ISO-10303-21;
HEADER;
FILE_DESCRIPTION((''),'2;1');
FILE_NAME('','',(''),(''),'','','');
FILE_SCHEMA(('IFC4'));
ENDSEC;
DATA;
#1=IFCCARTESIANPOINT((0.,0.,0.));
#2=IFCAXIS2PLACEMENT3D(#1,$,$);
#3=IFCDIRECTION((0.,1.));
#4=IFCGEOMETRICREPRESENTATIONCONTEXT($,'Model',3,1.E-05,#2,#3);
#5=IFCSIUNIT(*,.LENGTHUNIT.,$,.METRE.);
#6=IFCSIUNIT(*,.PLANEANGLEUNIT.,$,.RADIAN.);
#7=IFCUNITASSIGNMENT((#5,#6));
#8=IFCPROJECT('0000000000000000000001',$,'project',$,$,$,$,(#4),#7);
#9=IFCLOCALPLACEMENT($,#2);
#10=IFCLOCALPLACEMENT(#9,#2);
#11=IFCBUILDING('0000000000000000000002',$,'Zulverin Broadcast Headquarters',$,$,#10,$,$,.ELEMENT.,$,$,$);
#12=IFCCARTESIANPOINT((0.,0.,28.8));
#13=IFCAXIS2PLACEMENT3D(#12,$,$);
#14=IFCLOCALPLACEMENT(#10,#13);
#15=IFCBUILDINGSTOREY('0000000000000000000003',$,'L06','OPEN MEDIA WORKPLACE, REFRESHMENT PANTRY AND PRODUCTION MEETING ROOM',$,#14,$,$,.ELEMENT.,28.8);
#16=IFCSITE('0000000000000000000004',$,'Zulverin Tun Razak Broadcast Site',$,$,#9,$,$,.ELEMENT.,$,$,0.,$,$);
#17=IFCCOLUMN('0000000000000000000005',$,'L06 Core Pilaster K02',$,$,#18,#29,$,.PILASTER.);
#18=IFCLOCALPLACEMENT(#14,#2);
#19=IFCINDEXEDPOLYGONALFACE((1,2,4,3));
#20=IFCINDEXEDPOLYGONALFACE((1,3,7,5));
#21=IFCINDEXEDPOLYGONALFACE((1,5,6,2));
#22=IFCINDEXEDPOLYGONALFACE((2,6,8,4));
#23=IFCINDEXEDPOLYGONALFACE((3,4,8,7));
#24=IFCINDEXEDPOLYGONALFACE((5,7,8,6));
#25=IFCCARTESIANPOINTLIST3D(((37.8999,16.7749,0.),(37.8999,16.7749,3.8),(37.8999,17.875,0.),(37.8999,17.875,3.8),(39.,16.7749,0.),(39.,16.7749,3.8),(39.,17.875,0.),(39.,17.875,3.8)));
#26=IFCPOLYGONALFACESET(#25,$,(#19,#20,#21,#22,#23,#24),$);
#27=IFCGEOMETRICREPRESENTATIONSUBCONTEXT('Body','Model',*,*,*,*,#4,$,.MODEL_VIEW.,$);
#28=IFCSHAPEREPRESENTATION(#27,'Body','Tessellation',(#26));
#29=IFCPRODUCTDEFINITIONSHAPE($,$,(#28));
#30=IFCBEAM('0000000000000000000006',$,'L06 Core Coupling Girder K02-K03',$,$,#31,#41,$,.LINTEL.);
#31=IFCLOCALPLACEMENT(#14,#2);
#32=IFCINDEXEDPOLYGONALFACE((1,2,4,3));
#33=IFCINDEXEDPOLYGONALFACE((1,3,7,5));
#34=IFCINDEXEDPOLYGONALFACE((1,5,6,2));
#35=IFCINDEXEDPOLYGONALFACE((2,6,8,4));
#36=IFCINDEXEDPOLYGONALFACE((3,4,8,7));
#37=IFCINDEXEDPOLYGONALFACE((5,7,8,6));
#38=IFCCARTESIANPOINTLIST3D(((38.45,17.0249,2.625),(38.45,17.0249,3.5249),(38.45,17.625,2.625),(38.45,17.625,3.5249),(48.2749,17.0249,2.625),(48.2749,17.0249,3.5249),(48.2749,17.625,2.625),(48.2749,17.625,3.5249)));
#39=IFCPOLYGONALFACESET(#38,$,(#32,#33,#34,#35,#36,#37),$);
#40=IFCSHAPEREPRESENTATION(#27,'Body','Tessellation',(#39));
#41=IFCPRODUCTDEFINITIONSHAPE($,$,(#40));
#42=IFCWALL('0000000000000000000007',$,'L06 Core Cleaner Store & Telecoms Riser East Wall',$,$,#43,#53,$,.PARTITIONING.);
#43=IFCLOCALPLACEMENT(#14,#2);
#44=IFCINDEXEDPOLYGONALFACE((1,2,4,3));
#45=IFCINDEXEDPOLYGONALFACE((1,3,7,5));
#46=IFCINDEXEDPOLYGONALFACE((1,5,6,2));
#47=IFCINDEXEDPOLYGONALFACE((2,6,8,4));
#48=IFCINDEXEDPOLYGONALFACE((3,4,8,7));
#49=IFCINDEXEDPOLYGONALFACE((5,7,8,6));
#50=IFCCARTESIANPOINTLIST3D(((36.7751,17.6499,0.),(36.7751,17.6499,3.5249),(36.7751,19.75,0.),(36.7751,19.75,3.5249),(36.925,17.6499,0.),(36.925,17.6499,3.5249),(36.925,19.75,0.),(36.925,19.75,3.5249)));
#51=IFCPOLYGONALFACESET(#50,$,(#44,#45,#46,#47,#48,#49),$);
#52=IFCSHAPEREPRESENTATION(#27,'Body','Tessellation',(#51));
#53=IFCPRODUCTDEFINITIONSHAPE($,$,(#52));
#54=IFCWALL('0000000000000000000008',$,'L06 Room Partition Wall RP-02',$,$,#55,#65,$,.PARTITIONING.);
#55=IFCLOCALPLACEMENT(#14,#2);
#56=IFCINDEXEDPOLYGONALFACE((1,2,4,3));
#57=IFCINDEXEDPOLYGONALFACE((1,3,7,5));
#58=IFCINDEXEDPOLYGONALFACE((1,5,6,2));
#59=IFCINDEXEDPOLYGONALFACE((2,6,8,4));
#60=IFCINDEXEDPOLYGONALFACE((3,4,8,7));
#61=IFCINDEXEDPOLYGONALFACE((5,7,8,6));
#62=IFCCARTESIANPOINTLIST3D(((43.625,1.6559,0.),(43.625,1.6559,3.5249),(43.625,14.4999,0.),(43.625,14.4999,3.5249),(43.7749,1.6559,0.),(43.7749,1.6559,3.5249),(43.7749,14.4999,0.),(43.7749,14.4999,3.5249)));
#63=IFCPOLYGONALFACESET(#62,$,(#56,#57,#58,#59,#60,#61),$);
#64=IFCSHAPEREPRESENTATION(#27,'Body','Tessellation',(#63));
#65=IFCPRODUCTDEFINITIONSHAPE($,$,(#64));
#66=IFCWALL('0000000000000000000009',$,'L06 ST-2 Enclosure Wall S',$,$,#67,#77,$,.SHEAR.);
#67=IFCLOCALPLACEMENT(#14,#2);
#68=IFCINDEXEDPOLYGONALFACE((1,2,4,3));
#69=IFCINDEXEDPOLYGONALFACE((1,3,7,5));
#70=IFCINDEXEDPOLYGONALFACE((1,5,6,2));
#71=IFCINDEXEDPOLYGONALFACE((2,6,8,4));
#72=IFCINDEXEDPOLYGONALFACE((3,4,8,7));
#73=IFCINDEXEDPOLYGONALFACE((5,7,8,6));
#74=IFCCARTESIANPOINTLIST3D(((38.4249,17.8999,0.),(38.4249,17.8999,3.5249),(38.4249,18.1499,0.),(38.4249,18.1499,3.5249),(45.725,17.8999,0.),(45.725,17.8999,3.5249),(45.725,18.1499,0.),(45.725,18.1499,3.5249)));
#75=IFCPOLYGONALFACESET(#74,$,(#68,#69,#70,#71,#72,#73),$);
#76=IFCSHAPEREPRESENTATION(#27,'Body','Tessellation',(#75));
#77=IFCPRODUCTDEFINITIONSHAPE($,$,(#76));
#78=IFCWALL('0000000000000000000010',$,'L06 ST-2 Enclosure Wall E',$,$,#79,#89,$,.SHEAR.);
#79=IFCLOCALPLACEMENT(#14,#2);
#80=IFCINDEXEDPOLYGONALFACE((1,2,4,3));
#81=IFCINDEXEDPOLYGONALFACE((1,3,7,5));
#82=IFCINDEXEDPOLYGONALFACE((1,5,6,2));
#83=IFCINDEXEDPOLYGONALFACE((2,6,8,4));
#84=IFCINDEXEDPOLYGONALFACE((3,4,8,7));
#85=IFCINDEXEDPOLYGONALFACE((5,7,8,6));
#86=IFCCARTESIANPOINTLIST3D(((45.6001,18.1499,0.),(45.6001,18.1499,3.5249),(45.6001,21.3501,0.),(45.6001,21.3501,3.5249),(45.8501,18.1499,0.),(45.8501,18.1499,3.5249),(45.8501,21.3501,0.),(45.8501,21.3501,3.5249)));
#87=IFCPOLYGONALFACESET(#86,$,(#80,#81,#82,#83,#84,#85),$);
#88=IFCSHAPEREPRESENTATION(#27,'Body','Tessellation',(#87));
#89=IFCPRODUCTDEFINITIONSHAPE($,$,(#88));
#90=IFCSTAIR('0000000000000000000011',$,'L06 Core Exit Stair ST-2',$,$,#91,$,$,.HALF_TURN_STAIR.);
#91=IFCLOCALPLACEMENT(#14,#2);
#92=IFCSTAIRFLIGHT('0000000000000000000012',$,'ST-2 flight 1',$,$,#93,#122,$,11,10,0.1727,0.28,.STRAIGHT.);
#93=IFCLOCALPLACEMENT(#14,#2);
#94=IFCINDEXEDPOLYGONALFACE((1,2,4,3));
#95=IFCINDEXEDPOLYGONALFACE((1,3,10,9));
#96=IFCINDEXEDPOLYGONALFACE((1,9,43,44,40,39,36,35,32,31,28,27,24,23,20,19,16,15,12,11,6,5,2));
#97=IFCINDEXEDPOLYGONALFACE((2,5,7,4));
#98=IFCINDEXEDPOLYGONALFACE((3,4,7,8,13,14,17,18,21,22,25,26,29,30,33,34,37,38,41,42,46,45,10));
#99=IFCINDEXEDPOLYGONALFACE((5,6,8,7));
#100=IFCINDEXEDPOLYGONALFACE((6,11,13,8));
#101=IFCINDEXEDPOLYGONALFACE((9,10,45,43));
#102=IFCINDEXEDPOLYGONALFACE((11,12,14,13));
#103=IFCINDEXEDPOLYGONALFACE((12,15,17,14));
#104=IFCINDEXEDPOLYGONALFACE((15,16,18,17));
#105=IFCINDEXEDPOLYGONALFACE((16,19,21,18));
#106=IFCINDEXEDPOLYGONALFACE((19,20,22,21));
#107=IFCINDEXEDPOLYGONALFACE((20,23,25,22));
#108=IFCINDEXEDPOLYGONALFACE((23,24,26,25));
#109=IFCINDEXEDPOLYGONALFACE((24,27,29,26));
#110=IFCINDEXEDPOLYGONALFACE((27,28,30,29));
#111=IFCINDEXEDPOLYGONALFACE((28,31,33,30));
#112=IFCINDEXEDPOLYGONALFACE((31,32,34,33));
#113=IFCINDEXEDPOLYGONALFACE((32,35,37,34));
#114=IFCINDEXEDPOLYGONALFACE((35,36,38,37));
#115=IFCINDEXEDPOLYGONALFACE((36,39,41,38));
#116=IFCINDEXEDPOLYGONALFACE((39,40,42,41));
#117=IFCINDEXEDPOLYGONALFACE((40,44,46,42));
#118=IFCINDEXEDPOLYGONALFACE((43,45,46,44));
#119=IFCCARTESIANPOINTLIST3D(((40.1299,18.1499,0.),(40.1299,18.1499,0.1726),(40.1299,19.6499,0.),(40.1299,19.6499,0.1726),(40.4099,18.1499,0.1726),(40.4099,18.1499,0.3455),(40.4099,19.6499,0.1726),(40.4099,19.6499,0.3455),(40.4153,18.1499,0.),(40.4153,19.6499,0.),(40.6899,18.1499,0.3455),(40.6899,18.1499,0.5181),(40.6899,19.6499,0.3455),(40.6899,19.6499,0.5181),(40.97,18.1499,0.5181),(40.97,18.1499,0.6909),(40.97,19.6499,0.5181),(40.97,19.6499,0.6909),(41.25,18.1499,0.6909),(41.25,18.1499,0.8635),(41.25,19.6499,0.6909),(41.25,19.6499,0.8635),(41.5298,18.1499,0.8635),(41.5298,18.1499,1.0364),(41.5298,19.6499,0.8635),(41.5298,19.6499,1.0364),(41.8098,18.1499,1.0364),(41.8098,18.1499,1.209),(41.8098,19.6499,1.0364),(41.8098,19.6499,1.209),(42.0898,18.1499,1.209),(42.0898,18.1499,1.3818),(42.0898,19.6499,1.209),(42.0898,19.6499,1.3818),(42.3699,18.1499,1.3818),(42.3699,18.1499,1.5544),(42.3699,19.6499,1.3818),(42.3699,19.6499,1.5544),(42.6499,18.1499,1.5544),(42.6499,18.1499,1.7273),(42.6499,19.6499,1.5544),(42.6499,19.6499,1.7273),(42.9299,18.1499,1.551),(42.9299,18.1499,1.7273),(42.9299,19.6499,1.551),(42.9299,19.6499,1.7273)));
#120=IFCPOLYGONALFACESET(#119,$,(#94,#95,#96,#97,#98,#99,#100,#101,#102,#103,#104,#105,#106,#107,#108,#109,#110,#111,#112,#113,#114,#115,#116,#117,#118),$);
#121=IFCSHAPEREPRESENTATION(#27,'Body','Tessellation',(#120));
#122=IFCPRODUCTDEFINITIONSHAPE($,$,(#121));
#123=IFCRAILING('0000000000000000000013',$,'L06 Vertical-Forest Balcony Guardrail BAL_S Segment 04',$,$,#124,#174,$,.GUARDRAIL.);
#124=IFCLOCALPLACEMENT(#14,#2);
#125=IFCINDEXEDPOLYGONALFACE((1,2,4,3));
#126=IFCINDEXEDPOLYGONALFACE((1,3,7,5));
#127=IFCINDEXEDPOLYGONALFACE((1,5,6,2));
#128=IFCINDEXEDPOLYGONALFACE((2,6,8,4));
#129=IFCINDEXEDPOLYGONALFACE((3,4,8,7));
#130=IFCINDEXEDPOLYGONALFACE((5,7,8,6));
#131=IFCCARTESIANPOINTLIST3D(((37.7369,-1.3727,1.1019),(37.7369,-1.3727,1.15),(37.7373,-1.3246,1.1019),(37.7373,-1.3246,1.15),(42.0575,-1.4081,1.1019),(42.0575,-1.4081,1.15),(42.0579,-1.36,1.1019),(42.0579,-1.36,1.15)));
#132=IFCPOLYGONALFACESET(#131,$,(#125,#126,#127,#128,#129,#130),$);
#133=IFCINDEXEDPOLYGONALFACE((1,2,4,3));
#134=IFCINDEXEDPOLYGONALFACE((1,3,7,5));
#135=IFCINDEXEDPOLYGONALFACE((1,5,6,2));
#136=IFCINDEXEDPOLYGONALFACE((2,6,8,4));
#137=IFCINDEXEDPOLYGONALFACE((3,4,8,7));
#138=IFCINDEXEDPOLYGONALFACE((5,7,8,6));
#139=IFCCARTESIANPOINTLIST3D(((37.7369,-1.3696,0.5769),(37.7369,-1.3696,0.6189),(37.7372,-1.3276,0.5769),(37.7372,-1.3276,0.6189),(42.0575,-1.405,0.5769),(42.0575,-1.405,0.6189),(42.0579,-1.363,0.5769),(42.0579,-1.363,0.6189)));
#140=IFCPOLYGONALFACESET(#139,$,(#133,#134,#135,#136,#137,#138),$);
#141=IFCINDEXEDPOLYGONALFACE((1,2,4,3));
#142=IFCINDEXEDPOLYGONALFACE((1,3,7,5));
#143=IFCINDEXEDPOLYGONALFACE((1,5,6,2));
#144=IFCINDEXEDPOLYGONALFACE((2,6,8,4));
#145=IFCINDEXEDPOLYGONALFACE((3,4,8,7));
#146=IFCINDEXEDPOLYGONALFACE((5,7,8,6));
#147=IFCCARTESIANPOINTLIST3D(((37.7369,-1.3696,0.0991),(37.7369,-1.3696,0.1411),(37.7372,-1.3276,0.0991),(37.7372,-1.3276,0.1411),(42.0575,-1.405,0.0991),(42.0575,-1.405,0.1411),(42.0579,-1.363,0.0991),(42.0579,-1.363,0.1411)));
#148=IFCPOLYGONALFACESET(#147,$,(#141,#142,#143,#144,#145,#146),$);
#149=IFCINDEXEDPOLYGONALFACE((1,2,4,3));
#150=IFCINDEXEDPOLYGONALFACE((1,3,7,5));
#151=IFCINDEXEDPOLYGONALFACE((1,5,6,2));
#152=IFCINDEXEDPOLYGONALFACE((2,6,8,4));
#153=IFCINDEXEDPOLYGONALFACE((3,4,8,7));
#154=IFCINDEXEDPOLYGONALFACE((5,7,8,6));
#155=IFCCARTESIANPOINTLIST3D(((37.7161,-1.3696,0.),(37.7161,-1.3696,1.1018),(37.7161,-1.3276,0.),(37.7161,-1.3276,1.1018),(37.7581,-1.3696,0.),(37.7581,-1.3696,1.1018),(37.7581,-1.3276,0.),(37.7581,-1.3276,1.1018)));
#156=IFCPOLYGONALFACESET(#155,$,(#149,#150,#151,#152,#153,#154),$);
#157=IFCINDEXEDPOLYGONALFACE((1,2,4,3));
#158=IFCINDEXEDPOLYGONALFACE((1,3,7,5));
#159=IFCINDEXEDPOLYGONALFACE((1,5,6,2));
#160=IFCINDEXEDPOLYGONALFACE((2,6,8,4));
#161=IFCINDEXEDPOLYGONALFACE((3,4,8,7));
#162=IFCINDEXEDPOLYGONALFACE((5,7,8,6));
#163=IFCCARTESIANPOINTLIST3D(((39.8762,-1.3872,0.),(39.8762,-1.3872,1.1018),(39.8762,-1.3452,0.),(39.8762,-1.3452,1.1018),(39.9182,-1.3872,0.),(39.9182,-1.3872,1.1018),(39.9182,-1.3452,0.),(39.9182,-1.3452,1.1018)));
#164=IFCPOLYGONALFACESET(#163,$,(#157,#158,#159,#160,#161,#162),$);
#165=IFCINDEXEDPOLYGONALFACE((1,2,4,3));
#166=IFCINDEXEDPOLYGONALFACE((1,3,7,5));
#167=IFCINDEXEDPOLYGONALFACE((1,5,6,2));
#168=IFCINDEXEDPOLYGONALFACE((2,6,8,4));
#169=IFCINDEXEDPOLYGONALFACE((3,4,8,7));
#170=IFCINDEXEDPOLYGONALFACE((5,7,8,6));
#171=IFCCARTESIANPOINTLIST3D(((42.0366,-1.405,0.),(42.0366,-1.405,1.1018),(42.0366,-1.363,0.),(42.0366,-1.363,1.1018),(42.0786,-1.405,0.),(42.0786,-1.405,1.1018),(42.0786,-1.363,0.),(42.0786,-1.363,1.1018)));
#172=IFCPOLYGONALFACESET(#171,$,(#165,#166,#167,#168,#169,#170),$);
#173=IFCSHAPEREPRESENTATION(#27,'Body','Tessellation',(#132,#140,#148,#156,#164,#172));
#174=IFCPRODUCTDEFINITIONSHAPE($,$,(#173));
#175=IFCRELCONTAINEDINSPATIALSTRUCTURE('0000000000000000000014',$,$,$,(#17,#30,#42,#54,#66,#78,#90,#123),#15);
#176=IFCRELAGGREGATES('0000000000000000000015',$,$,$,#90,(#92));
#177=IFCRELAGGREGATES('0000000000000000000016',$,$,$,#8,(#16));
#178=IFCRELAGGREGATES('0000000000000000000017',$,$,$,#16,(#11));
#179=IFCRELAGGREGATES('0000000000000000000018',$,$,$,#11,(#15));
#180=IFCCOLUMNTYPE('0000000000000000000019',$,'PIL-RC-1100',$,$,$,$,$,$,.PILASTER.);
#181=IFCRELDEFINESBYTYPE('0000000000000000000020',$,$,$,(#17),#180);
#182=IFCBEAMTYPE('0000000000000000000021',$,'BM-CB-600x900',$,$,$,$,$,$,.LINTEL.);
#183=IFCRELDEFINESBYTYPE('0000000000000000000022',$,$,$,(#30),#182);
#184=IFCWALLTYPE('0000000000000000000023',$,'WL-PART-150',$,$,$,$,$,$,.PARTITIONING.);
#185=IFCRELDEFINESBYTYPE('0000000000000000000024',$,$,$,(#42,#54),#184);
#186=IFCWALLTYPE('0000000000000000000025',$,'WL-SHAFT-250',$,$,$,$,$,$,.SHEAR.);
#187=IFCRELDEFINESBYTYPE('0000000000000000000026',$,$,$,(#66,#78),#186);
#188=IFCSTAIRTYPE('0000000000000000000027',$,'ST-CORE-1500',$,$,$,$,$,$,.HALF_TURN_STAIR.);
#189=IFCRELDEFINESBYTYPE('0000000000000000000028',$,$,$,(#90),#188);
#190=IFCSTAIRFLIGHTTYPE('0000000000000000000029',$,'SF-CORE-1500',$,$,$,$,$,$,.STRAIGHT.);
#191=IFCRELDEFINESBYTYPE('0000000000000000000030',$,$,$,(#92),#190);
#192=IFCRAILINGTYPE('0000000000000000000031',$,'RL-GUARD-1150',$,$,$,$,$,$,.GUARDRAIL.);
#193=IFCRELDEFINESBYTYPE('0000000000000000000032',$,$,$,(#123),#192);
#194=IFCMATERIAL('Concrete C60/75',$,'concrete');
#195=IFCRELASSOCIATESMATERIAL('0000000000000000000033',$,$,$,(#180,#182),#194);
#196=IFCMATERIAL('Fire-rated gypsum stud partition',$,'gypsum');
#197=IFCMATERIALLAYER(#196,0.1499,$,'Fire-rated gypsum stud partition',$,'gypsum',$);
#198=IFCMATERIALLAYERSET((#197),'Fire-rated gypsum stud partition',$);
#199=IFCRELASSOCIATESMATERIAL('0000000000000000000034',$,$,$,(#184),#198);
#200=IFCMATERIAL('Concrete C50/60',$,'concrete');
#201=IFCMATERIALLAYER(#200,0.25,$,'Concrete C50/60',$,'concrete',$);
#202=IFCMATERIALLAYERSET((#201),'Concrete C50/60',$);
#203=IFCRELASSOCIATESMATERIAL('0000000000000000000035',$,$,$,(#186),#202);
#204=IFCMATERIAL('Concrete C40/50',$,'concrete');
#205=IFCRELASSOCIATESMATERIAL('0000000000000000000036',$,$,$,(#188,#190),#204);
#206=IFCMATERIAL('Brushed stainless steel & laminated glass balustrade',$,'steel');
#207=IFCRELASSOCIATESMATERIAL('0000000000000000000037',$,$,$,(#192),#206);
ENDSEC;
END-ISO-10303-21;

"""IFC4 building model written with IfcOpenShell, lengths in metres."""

from ifc_helpers import new_model, si_unit, direction, frame, frame_2d, origin, origin_2d, place, context, subcontext, project, spatial, polyline, rectangle, outline, extrude, material, layer, layer_set, material_profile, profile_set, type_object, element, aggregate, save


model = new_model("IFC4")

# Units and contexts
model_context = context("Model", 3, precision=1e-05, world=origin(), true_north=direction((0.0, 1.0)))
body_context = subcontext(model_context, "Body", "Model", "MODEL_VIEW")
ifc_project = project(units=[si_unit("LENGTHUNIT", "METRE"), si_unit("PLANEANGLEUNIT", "RADIAN")], contexts=[model_context])

# Site, building, storey
site_placement = place(None, origin())
site = spatial("IfcSite", under=ifc_project, at=site_placement, Name="Zulverin Tun Razak Broadcast Site", CompositionType="ELEMENT", RefElevation=0.0)
building_placement = place(site_placement, origin())
building = spatial("IfcBuilding", under=site, at=building_placement, Name="Zulverin Broadcast Headquarters", CompositionType="ELEMENT")
storey_placement = place(building_placement, frame((0.0, 0.0, 28.8)))
storey = spatial("IfcBuildingStorey", under=building, at=storey_placement, Name="L06", Description="OPEN MEDIA WORKPLACE, REFRESHMENT PANTRY AND PRODUCTION MEETING ROOM", CompositionType="ELEMENT", Elevation=28.8)

# Column
ifc_material_1 = material(Name="Concrete C60/75", Category="concrete")
ifc_material_profile_1 = material_profile(ifc_material_1, rectangle(XDim=1.1001, YDim=1.1001, at=origin_2d()), Name="Concrete C60/75", Category="concrete")
ifc_profile_set_1 = profile_set([ifc_material_profile_1], Name="Concrete C60/75")
column_type = type_object("IfcColumnType", Name="PIL-RC-1100", PredefinedType="PILASTER", material=ifc_profile_set_1)
column_placement = place(storey_placement, frame((38.45, 17.325, 0.0), z_axis=(0.0, 0.0, 1.0), x_axis=(1.0, 0.0, 0.0)))
element("IfcColumn", 1, at=column_placement, inside=storey, type_object=column_type, Name="L06 Core Pilaster K02", PredefinedType="PILASTER", context=body_context, shape_type="SweptSolid", body=[
    extrude(rectangle(XDim=1.1001, YDim=1.1001, at=origin_2d()), origin(), (0.0, 0.0, 1.0), 3.8),
])

# Beam
ifc_material_profile_2 = material_profile(ifc_material_1, rectangle(XDim=0.6001, YDim=0.8999, at=origin_2d()), Name="Concrete C60/75", Category="concrete")
ifc_profile_set_2 = profile_set([ifc_material_profile_2], Name="Concrete C60/75")
beam_type = type_object("IfcBeamType", Name="BM-CB-600x900", PredefinedType="LINTEL", material=ifc_profile_set_2)
beam_placement = place(storey_placement, frame((38.45, 17.325, 3.075), z_axis=(1.0, 0.0, 0.0), x_axis=(0.0, 1.0, 0.0)))
element("IfcBeam", 2, at=beam_placement, inside=storey, type_object=beam_type, Name="L06 Core Coupling Girder K02-K03", PredefinedType="LINTEL", context=body_context, shape_type="SweptSolid", body=[
    extrude(rectangle(XDim=0.6001, YDim=0.8999, at=origin_2d()), origin(), (0.0, 0.0, 1.0), 9.825),
])

# Walls
ifc_material_2 = material(Name="Fire-rated gypsum stud partition", Category="gypsum")
ifc_layer_1 = layer(ifc_material_2, 0.1499, Name="Fire-rated gypsum stud partition", Category="gypsum")
ifc_layer_set_1 = layer_set([ifc_layer_1], Name="Fire-rated gypsum stud partition")
wall_type_1 = type_object("IfcWallType", Name="WL-PART-150", PredefinedType="PARTITIONING", material=ifc_layer_set_1)
wall_1_placement = place(storey_placement, frame((36.8501, 17.6499, 0.0), z_axis=(0.0, 0.0, 1.0), x_axis=(0.0, 1.0, 0.0)))
element("IfcWall", 3, at=wall_1_placement, inside=storey, type_object=wall_type_1, Name="L06 Core Cleaner Store & Telecoms Riser East Wall", PredefinedType="PARTITIONING", context=body_context, shape_type="SweptSolid", body=[
    extrude(rectangle(XDim=2.1001, YDim=0.1499, at=frame_2d((1.05, 0.0))), origin(), (0.0, 0.0, 1.0), 3.5249),
])
wall_2_placement = place(storey_placement, frame((43.7, 1.656, 0.0), z_axis=(0.0, 0.0, 1.0), x_axis=(0.0, 1.0, 0.0)))
element("IfcWall", 4, at=wall_2_placement, inside=storey, type_object=wall_type_1, Name="L06 Room Partition Wall RP-02", PredefinedType="PARTITIONING", context=body_context, shape_type="SweptSolid", body=[
    extrude(rectangle(XDim=12.844, YDim=0.1499, at=frame_2d((6.4219, 0.0))), origin(), (0.0, 0.0, 1.0), 3.5249),
])
ifc_material_3 = material(Name="Concrete C50/60", Category="concrete")
ifc_layer_2 = layer(ifc_material_3, 0.25, Name="Concrete C50/60", Category="concrete")
ifc_layer_set_2 = layer_set([ifc_layer_2], Name="Concrete C50/60")
wall_type_2 = type_object("IfcWallType", Name="WL-SHAFT-250", PredefinedType="SHEAR", material=ifc_layer_set_2)
wall_3_placement = place(storey_placement, frame((38.425, 18.0249, 0.0), z_axis=(0.0, 0.0, 1.0), x_axis=(1.0, 0.0, 0.0)))
element("IfcWall", 5, at=wall_3_placement, inside=storey, type_object=wall_type_2, Name="L06 ST-2 Enclosure Wall S", PredefinedType="SHEAR", context=body_context, shape_type="SweptSolid", body=[
    extrude(rectangle(XDim=7.3, YDim=0.25, at=frame_2d((3.6499, 0.0))), origin(), (0.0, 0.0, 1.0), 3.5249),
])

# Wall
wall_4_placement = place(storey_placement, frame((45.7251, 18.1499, 0.0), z_axis=(0.0, 0.0, 1.0), x_axis=(0.0, 1.0, 0.0)))
element("IfcWall", 6, at=wall_4_placement, inside=storey, type_object=wall_type_2, Name="L06 ST-2 Enclosure Wall E", PredefinedType="SHEAR", context=body_context, shape_type="SweptSolid", body=[
    extrude(rectangle(XDim=3.2002, YDim=0.25, at=frame_2d((1.6001, 0.0))), origin(), (0.0, 0.0, 1.0), 3.5249),
])

# Stair, stair flight
ifc_material_4 = material(Name="Concrete C40/50", Category="concrete")
stair_type = type_object("IfcStairType", Name="ST-CORE-1500", PredefinedType="HALF_TURN_STAIR", material=ifc_material_4)
stair_placement = place(storey_placement, origin())
stair = element("IfcStair", 7, at=stair_placement, inside=storey, type_object=stair_type, Name="L06 Core Exit Stair ST-2", PredefinedType="HALF_TURN_STAIR")
stair_flight_type = type_object("IfcStairFlightType", Name="SF-CORE-1500", PredefinedType="STRAIGHT", material=ifc_material_4)
stair_flight_placement = place(storey_placement, frame((40.1299, 18.8999, 0.0), z_axis=(0.0, 0.0, 1.0), x_axis=(1.0, 0.0, 0.0)))
stair_flight = element("IfcStairFlight", 8, at=stair_flight_placement, type_object=stair_flight_type, Name="ST-2 flight 1", NumberOfRisers=11, NumberOfTreads=10, PredefinedType="STRAIGHT", RiserHeight=0.1727, TreadLength=0.28, context=body_context, shape_type="SweptSolid", body=[
    extrude(outline(polyline([(0.0, 0.0), (0.0, 0.1726), (0.28, 0.1726), (0.28, 0.3455), (0.5601, 0.3455), (0.5601, 0.5181), (0.8401, 0.5181), (0.8401, 0.6909), (1.1201, 0.6909), (1.1201, 0.8635), (1.3999, 0.8635), (1.3999, 1.0364), (1.6799, 1.0364), (1.6799, 1.209), (1.96, 1.209), (1.96, 1.3818), (2.24, 1.3818), (2.24, 1.5544), (2.52, 1.5544), (2.52, 1.7273), (2.8, 1.7273), (2.8, 1.8999), (2.8, 1.551), (0.2854, 0.0), (0.0, 0.0)])), frame((0.0, 0.75, 0.0), z_axis=(0.0, -1.0, 0.0), x_axis=(1.0, 0.0, 0.0)), (0.0, 0.0, 1.0), 1.5),
])
aggregate(stair, [stair_flight])

# Railing
ifc_material_5 = material(Name="Brushed stainless steel & laminated glass balustrade", Category="steel")
railing_type_1 = type_object("IfcRailingType", Name="RL-GUARD-1150", PredefinedType="GUARDRAIL", material=ifc_material_5)
railing_1_placement = place(storey_placement, frame((37.7371, -1.3486, 0.0)))
element("IfcRailing", 9, at=railing_1_placement, inside=storey, type_object=railing_type_1, Name="L06 Vertical-Forest Balcony Guardrail BAL_S Segment 04", PredefinedType="GUARDRAIL", context=body_context, shape_type="SweptSolid", body=[
    extrude(rectangle(XDim=0.0481, YDim=0.0481, at=origin_2d()), frame((0.0, 0.0, 1.126), z_axis=(0.999966, -0.008193, 0.0), x_axis=(0.008193, 0.999966, 0.0)), (0.0, 0.0, 1.0), 4.3208),
    extrude(rectangle(XDim=0.042, YDim=0.042, at=origin_2d()), frame((0.0, 0.0, 0.5979), z_axis=(0.999966, -0.008193, 0.0), x_axis=(0.008193, 0.999966, 0.0)), (0.0, 0.0, 1.0), 4.3208),
    extrude(rectangle(XDim=0.042, YDim=0.042, at=origin_2d()), frame((0.0, 0.0, 0.1201), z_axis=(0.999966, -0.008193, 0.0), x_axis=(0.008193, 0.999966, 0.0)), (0.0, 0.0, 1.0), 4.3208),
    extrude(rectangle(XDim=0.042, YDim=0.042, at=origin_2d()), origin(), (0.0, 0.0, 1.0), 1.1018),
    extrude(rectangle(XDim=0.042, YDim=0.042, at=origin_2d()), frame((2.1602, -0.0176, 0.0)), (0.0, 0.0, 1.0), 1.1018),
    extrude(rectangle(XDim=0.042, YDim=0.042, at=origin_2d()), frame((4.3206, -0.0354, 0.0)), (0.0, 0.0, 1.0), 1.1018),
])

save(model, "model.ifc")
